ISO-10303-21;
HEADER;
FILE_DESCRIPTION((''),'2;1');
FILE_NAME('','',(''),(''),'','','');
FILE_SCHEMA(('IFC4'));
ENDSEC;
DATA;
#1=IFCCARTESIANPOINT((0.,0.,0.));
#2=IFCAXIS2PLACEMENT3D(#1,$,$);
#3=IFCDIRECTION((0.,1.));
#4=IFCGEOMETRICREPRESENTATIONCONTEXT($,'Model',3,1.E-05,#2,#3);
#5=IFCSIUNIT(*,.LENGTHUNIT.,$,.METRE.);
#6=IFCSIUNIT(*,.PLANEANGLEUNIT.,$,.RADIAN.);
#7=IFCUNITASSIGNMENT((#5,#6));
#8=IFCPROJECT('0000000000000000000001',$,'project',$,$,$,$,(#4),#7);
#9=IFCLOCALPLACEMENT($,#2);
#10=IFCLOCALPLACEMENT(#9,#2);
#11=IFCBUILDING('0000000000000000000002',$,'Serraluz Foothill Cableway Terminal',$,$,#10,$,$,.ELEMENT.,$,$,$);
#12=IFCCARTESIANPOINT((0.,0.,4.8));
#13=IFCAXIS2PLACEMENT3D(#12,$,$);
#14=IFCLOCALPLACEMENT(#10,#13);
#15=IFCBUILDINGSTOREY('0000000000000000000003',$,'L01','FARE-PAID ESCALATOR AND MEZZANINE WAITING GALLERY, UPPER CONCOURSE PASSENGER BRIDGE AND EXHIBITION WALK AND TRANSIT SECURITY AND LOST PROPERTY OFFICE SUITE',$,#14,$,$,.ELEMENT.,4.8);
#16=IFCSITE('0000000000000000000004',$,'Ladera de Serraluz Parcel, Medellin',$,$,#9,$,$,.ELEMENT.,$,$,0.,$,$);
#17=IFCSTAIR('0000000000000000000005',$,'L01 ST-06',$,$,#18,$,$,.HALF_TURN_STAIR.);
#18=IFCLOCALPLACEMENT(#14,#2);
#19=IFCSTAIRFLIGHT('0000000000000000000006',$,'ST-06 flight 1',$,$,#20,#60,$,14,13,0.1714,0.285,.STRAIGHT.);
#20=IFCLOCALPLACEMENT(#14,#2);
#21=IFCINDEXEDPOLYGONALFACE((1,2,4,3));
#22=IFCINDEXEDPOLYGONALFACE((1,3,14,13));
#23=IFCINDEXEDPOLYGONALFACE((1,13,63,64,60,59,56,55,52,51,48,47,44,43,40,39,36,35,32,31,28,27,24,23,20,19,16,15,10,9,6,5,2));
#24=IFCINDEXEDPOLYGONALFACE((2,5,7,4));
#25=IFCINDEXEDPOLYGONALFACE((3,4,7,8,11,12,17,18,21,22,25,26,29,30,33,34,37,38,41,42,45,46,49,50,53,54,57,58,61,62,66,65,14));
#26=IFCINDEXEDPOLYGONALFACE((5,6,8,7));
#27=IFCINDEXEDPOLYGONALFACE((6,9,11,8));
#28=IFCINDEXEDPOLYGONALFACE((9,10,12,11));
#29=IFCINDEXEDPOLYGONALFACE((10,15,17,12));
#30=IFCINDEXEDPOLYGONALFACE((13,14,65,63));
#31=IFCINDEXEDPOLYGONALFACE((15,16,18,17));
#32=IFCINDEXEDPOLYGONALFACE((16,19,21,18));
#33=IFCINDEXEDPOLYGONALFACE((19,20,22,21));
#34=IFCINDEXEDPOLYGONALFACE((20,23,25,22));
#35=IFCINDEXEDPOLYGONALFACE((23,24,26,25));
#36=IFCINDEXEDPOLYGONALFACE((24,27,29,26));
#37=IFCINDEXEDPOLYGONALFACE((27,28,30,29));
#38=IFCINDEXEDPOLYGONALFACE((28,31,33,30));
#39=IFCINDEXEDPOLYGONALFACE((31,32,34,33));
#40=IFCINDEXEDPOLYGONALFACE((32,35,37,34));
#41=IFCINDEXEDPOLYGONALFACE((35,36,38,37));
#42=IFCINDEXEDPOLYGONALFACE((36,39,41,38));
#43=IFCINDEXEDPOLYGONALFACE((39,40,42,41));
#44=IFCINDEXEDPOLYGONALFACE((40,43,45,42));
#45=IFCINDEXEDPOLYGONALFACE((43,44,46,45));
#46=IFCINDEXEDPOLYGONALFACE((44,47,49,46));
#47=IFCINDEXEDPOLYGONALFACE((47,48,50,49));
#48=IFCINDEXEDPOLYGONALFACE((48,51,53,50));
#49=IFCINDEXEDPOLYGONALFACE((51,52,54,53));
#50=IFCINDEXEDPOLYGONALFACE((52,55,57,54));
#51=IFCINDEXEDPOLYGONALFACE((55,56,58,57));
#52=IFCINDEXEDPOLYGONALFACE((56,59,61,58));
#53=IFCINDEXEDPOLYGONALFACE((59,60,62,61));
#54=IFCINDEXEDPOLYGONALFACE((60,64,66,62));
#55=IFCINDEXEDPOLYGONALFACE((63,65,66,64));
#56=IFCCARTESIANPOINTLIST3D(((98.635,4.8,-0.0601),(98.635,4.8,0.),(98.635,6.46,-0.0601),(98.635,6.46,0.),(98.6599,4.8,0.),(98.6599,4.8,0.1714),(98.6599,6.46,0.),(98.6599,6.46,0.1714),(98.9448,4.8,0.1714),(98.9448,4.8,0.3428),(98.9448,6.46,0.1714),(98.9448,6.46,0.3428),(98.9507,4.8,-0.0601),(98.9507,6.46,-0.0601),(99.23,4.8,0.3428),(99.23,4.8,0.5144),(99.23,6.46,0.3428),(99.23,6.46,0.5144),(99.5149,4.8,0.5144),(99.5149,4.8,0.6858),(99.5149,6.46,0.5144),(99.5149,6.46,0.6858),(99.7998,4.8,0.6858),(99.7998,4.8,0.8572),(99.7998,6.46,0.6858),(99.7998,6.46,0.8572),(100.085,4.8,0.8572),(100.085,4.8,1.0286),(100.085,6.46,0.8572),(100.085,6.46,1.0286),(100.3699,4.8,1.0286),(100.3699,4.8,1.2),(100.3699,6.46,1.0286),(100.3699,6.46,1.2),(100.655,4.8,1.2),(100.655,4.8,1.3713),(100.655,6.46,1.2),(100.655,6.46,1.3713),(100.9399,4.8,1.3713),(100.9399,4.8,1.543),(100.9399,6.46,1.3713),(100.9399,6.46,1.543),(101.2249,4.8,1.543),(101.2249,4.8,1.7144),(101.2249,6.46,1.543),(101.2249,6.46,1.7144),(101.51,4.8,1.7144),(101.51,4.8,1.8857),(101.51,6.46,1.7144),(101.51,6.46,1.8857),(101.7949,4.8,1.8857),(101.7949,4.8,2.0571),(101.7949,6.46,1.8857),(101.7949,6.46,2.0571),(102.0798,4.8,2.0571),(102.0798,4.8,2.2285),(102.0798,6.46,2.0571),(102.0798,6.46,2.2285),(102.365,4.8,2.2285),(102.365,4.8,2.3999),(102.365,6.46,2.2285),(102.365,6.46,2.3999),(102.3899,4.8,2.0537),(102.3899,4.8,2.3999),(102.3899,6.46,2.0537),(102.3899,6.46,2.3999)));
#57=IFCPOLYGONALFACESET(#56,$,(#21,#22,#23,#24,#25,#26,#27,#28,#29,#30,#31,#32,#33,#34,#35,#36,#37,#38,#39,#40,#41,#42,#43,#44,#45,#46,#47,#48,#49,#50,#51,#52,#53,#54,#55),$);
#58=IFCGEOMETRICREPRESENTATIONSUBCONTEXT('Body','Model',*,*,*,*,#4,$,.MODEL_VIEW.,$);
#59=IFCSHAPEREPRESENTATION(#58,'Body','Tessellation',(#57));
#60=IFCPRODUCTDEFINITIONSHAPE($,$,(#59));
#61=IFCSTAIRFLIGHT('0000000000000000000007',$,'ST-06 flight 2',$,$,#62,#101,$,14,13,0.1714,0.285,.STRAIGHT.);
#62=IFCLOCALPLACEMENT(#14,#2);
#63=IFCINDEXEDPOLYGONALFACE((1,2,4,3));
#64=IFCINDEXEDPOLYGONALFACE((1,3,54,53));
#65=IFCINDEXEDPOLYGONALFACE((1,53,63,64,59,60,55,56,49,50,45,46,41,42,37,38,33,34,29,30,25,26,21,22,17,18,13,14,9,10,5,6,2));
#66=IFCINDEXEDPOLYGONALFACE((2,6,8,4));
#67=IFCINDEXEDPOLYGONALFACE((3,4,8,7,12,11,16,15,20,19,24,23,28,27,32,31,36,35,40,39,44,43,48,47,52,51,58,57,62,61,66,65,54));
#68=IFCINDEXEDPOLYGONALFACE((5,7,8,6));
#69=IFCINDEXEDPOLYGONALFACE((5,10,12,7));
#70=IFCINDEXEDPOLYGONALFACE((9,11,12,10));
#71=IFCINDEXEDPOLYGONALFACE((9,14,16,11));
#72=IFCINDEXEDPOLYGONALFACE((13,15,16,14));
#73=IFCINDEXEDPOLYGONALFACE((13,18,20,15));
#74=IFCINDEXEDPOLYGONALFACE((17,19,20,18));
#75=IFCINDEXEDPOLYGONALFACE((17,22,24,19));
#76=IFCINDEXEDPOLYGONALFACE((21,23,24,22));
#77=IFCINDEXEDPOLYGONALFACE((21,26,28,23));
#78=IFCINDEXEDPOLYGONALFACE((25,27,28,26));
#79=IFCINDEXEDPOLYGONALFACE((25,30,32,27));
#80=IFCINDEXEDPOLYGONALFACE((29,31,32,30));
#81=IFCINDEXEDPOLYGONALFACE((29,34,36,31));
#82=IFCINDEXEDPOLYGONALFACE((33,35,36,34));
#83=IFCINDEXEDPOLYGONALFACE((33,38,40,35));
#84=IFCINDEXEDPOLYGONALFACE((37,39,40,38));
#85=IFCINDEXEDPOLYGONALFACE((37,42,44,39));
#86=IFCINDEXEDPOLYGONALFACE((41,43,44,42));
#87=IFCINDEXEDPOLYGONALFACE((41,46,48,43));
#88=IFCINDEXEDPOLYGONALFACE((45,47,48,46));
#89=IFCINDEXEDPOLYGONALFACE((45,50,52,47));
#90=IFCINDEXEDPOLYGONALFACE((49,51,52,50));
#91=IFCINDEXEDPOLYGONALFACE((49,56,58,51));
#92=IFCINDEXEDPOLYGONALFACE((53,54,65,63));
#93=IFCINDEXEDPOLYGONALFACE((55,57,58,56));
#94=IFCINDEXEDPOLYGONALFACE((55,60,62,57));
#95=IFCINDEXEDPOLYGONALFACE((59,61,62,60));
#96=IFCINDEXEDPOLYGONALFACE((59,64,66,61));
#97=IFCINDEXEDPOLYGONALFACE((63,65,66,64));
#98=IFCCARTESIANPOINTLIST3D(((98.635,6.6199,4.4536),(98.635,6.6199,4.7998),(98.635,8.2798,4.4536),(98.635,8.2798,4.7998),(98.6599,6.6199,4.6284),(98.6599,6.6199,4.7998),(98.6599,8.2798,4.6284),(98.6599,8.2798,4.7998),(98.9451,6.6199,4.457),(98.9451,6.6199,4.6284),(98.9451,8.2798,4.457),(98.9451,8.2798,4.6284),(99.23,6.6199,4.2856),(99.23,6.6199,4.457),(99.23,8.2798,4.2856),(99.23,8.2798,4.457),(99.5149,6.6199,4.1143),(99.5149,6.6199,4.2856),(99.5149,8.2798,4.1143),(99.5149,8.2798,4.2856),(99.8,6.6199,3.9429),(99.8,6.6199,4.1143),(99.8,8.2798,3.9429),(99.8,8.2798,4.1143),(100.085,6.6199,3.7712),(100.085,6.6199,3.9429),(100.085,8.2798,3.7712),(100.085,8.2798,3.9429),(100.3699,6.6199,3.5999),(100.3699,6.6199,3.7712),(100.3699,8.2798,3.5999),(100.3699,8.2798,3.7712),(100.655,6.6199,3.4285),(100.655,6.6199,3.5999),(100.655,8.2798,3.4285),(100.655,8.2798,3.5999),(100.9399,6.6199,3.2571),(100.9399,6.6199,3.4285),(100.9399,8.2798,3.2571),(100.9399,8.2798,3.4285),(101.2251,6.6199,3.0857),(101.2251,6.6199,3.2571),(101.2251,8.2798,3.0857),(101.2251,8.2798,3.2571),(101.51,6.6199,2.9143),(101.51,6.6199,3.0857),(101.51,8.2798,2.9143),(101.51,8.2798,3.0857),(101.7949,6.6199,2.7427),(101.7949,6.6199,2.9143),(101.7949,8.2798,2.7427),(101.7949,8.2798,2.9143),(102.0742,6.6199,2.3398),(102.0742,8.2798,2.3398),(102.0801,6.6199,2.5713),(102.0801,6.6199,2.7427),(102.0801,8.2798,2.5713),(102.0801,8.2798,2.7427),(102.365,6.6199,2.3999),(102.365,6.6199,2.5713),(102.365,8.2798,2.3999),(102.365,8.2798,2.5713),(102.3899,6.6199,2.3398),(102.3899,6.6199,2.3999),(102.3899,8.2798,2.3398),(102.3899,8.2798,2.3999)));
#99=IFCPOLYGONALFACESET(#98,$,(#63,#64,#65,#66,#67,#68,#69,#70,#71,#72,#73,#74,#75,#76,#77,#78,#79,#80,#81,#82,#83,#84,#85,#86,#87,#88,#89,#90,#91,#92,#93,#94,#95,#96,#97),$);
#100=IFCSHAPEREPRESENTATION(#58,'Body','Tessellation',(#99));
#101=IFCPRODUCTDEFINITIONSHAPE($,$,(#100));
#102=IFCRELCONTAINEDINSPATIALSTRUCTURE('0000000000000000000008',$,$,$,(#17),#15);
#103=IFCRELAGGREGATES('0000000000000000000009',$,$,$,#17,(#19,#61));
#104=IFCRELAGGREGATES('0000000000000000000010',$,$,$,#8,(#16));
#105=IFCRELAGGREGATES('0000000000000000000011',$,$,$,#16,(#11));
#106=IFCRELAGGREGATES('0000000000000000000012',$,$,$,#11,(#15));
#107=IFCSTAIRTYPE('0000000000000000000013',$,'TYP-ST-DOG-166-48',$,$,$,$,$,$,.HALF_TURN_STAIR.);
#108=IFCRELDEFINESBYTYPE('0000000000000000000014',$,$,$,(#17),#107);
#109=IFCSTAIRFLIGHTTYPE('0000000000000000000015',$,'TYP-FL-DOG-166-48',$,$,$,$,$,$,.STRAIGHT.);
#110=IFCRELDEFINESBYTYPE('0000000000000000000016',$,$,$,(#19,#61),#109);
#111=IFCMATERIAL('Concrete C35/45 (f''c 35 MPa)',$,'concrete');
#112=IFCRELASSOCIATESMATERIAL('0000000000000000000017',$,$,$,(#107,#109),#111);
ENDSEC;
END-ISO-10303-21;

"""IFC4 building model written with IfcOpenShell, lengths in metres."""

from ifc_helpers import new_model, si_unit, direction, frame, origin, place, context, subcontext, project, spatial, polyline, outline, extrude, material, type_object, element, aggregate, save


model = new_model("IFC4")

# Units and contexts
model_context = context("Model", 3, precision=1e-05, world=origin(), true_north=direction((0.0, 1.0)))
body_context = subcontext(model_context, "Body", "Model", "MODEL_VIEW")
ifc_project = project(units=[si_unit("LENGTHUNIT", "METRE"), si_unit("PLANEANGLEUNIT", "RADIAN")], contexts=[model_context])

# Site, building, storey
site_placement = place(None, origin())
site = spatial("IfcSite", under=ifc_project, at=site_placement, Name="Ladera de Serraluz Parcel, Medellin", CompositionType="ELEMENT", RefElevation=0.0)
building_placement = place(site_placement, origin())
building = spatial("IfcBuilding", under=site, at=building_placement, Name="Serraluz Foothill Cableway Terminal", CompositionType="ELEMENT")
storey_placement = place(building_placement, frame((0.0, 0.0, 4.8)))
storey = spatial("IfcBuildingStorey", under=building, at=storey_placement, Name="L01", Description="FARE-PAID ESCALATOR AND MEZZANINE WAITING GALLERY, UPPER CONCOURSE PASSENGER BRIDGE AND EXHIBITION WALK AND TRANSIT SECURITY AND LOST PROPERTY OFFICE SUITE", CompositionType="ELEMENT", Elevation=4.8)

# Shared definitions
ifc_material_1 = material(Name="Concrete C35/45 (f'c 35 MPa)", Category="concrete")

# Stair, stair flights
stair_type = type_object("IfcStairType", Name="TYP-ST-DOG-166-48", PredefinedType="HALF_TURN_STAIR", material=ifc_material_1)
stair_placement = place(storey_placement, origin())
stair = element("IfcStair", 1, at=stair_placement, inside=storey, type_object=stair_type, Name="L01 ST-06", PredefinedType="HALF_TURN_STAIR")
stair_flight_type = type_object("IfcStairFlightType", Name="TYP-FL-DOG-166-48", PredefinedType="STRAIGHT", material=ifc_material_1)
stair_flight_1_placement = place(storey_placement, frame((98.6599, 5.6299, 0.0), z_axis=(0.0, 0.0, 1.0), x_axis=(1.0, 0.0, 0.0)))
stair_flight_1 = element("IfcStairFlight", 2, at=stair_flight_1_placement, type_object=stair_flight_type, Name="ST-06 flight 1", NumberOfRisers=14, NumberOfTreads=13, PredefinedType="STRAIGHT", RiserHeight=0.1714, TreadLength=0.285, context=body_context, shape_type="SweptSolid", body=[
    extrude(outline(polyline([(-0.0249, -0.0601), (-0.0249, 0.0), (0.0, 0.0), (0.0, 0.1714), (0.2849, 0.1714), (0.2849, 0.3428), (0.5701, 0.3428), (0.5701, 0.5144), (0.855, 0.5144), (0.855, 0.6858), (1.1399, 0.6858), (1.1399, 0.8572), (1.425, 0.8572), (1.425, 1.0286), (1.71, 1.0286), (1.71, 1.2), (1.9951, 1.2), (1.9951, 1.3713), (2.28, 1.3713), (2.28, 1.543), (2.5649, 1.543), (2.5649, 1.7144), (2.8501, 1.7144), (2.8501, 1.8857), (3.135, 1.8857), (3.135, 2.0571), (3.4199, 2.0571), (3.4199, 2.2285), (3.7051, 2.2285), (3.7051, 2.3999), (3.73, 2.3999), (3.73, 2.0537), (0.2908, -0.0601), (-0.0249, -0.0601)])), frame((0.0, 0.8301, 0.0), z_axis=(0.0, -1.0, 0.0), x_axis=(1.0, 0.0, 0.0)), (0.0, 0.0, 1.0), 1.6599),
])
stair_flight_2_placement = place(storey_placement, frame((102.365, 7.45, 2.3999), z_axis=(0.0, 0.0, 1.0), x_axis=(-1.0, 0.0, 0.0)))
stair_flight_2 = element("IfcStairFlight", 3, at=stair_flight_2_placement, type_object=stair_flight_type, Name="ST-06 flight 2", NumberOfRisers=14, NumberOfTreads=13, PredefinedType="STRAIGHT", RiserHeight=0.1714, TreadLength=0.285, context=body_context, shape_type="SweptSolid", body=[
    extrude(outline(polyline([(-0.0249, -0.0601), (-0.0249, 0.0), (0.0, 0.0), (0.0, 0.1714), (0.2849, 0.1714), (0.2849, 0.3428), (0.5701, 0.3428), (0.5701, 0.5144), (0.855, 0.5144), (0.855, 0.6858), (1.1399, 0.6858), (1.1399, 0.8572), (1.425, 0.8572), (1.425, 1.0286), (1.71, 1.0286), (1.71, 1.2), (1.9951, 1.2), (1.9951, 1.3713), (2.28, 1.3713), (2.28, 1.543), (2.5649, 1.543), (2.5649, 1.7144), (2.8501, 1.7144), (2.8501, 1.8857), (3.135, 1.8857), (3.135, 2.0571), (3.4199, 2.0571), (3.4199, 2.2285), (3.7051, 2.2285), (3.7051, 2.3999), (3.73, 2.3999), (3.73, 2.0537), (0.2908, -0.0601), (-0.0249, -0.0601)])), frame((0.0, 0.8301, 0.0), z_axis=(0.0, -1.0, 0.0), x_axis=(1.0, 0.0, 0.0)), (0.0, 0.0, 1.0), 1.6599),
])
aggregate(stair, [stair_flight_1, stair_flight_2])

save(model, "model.ifc")
